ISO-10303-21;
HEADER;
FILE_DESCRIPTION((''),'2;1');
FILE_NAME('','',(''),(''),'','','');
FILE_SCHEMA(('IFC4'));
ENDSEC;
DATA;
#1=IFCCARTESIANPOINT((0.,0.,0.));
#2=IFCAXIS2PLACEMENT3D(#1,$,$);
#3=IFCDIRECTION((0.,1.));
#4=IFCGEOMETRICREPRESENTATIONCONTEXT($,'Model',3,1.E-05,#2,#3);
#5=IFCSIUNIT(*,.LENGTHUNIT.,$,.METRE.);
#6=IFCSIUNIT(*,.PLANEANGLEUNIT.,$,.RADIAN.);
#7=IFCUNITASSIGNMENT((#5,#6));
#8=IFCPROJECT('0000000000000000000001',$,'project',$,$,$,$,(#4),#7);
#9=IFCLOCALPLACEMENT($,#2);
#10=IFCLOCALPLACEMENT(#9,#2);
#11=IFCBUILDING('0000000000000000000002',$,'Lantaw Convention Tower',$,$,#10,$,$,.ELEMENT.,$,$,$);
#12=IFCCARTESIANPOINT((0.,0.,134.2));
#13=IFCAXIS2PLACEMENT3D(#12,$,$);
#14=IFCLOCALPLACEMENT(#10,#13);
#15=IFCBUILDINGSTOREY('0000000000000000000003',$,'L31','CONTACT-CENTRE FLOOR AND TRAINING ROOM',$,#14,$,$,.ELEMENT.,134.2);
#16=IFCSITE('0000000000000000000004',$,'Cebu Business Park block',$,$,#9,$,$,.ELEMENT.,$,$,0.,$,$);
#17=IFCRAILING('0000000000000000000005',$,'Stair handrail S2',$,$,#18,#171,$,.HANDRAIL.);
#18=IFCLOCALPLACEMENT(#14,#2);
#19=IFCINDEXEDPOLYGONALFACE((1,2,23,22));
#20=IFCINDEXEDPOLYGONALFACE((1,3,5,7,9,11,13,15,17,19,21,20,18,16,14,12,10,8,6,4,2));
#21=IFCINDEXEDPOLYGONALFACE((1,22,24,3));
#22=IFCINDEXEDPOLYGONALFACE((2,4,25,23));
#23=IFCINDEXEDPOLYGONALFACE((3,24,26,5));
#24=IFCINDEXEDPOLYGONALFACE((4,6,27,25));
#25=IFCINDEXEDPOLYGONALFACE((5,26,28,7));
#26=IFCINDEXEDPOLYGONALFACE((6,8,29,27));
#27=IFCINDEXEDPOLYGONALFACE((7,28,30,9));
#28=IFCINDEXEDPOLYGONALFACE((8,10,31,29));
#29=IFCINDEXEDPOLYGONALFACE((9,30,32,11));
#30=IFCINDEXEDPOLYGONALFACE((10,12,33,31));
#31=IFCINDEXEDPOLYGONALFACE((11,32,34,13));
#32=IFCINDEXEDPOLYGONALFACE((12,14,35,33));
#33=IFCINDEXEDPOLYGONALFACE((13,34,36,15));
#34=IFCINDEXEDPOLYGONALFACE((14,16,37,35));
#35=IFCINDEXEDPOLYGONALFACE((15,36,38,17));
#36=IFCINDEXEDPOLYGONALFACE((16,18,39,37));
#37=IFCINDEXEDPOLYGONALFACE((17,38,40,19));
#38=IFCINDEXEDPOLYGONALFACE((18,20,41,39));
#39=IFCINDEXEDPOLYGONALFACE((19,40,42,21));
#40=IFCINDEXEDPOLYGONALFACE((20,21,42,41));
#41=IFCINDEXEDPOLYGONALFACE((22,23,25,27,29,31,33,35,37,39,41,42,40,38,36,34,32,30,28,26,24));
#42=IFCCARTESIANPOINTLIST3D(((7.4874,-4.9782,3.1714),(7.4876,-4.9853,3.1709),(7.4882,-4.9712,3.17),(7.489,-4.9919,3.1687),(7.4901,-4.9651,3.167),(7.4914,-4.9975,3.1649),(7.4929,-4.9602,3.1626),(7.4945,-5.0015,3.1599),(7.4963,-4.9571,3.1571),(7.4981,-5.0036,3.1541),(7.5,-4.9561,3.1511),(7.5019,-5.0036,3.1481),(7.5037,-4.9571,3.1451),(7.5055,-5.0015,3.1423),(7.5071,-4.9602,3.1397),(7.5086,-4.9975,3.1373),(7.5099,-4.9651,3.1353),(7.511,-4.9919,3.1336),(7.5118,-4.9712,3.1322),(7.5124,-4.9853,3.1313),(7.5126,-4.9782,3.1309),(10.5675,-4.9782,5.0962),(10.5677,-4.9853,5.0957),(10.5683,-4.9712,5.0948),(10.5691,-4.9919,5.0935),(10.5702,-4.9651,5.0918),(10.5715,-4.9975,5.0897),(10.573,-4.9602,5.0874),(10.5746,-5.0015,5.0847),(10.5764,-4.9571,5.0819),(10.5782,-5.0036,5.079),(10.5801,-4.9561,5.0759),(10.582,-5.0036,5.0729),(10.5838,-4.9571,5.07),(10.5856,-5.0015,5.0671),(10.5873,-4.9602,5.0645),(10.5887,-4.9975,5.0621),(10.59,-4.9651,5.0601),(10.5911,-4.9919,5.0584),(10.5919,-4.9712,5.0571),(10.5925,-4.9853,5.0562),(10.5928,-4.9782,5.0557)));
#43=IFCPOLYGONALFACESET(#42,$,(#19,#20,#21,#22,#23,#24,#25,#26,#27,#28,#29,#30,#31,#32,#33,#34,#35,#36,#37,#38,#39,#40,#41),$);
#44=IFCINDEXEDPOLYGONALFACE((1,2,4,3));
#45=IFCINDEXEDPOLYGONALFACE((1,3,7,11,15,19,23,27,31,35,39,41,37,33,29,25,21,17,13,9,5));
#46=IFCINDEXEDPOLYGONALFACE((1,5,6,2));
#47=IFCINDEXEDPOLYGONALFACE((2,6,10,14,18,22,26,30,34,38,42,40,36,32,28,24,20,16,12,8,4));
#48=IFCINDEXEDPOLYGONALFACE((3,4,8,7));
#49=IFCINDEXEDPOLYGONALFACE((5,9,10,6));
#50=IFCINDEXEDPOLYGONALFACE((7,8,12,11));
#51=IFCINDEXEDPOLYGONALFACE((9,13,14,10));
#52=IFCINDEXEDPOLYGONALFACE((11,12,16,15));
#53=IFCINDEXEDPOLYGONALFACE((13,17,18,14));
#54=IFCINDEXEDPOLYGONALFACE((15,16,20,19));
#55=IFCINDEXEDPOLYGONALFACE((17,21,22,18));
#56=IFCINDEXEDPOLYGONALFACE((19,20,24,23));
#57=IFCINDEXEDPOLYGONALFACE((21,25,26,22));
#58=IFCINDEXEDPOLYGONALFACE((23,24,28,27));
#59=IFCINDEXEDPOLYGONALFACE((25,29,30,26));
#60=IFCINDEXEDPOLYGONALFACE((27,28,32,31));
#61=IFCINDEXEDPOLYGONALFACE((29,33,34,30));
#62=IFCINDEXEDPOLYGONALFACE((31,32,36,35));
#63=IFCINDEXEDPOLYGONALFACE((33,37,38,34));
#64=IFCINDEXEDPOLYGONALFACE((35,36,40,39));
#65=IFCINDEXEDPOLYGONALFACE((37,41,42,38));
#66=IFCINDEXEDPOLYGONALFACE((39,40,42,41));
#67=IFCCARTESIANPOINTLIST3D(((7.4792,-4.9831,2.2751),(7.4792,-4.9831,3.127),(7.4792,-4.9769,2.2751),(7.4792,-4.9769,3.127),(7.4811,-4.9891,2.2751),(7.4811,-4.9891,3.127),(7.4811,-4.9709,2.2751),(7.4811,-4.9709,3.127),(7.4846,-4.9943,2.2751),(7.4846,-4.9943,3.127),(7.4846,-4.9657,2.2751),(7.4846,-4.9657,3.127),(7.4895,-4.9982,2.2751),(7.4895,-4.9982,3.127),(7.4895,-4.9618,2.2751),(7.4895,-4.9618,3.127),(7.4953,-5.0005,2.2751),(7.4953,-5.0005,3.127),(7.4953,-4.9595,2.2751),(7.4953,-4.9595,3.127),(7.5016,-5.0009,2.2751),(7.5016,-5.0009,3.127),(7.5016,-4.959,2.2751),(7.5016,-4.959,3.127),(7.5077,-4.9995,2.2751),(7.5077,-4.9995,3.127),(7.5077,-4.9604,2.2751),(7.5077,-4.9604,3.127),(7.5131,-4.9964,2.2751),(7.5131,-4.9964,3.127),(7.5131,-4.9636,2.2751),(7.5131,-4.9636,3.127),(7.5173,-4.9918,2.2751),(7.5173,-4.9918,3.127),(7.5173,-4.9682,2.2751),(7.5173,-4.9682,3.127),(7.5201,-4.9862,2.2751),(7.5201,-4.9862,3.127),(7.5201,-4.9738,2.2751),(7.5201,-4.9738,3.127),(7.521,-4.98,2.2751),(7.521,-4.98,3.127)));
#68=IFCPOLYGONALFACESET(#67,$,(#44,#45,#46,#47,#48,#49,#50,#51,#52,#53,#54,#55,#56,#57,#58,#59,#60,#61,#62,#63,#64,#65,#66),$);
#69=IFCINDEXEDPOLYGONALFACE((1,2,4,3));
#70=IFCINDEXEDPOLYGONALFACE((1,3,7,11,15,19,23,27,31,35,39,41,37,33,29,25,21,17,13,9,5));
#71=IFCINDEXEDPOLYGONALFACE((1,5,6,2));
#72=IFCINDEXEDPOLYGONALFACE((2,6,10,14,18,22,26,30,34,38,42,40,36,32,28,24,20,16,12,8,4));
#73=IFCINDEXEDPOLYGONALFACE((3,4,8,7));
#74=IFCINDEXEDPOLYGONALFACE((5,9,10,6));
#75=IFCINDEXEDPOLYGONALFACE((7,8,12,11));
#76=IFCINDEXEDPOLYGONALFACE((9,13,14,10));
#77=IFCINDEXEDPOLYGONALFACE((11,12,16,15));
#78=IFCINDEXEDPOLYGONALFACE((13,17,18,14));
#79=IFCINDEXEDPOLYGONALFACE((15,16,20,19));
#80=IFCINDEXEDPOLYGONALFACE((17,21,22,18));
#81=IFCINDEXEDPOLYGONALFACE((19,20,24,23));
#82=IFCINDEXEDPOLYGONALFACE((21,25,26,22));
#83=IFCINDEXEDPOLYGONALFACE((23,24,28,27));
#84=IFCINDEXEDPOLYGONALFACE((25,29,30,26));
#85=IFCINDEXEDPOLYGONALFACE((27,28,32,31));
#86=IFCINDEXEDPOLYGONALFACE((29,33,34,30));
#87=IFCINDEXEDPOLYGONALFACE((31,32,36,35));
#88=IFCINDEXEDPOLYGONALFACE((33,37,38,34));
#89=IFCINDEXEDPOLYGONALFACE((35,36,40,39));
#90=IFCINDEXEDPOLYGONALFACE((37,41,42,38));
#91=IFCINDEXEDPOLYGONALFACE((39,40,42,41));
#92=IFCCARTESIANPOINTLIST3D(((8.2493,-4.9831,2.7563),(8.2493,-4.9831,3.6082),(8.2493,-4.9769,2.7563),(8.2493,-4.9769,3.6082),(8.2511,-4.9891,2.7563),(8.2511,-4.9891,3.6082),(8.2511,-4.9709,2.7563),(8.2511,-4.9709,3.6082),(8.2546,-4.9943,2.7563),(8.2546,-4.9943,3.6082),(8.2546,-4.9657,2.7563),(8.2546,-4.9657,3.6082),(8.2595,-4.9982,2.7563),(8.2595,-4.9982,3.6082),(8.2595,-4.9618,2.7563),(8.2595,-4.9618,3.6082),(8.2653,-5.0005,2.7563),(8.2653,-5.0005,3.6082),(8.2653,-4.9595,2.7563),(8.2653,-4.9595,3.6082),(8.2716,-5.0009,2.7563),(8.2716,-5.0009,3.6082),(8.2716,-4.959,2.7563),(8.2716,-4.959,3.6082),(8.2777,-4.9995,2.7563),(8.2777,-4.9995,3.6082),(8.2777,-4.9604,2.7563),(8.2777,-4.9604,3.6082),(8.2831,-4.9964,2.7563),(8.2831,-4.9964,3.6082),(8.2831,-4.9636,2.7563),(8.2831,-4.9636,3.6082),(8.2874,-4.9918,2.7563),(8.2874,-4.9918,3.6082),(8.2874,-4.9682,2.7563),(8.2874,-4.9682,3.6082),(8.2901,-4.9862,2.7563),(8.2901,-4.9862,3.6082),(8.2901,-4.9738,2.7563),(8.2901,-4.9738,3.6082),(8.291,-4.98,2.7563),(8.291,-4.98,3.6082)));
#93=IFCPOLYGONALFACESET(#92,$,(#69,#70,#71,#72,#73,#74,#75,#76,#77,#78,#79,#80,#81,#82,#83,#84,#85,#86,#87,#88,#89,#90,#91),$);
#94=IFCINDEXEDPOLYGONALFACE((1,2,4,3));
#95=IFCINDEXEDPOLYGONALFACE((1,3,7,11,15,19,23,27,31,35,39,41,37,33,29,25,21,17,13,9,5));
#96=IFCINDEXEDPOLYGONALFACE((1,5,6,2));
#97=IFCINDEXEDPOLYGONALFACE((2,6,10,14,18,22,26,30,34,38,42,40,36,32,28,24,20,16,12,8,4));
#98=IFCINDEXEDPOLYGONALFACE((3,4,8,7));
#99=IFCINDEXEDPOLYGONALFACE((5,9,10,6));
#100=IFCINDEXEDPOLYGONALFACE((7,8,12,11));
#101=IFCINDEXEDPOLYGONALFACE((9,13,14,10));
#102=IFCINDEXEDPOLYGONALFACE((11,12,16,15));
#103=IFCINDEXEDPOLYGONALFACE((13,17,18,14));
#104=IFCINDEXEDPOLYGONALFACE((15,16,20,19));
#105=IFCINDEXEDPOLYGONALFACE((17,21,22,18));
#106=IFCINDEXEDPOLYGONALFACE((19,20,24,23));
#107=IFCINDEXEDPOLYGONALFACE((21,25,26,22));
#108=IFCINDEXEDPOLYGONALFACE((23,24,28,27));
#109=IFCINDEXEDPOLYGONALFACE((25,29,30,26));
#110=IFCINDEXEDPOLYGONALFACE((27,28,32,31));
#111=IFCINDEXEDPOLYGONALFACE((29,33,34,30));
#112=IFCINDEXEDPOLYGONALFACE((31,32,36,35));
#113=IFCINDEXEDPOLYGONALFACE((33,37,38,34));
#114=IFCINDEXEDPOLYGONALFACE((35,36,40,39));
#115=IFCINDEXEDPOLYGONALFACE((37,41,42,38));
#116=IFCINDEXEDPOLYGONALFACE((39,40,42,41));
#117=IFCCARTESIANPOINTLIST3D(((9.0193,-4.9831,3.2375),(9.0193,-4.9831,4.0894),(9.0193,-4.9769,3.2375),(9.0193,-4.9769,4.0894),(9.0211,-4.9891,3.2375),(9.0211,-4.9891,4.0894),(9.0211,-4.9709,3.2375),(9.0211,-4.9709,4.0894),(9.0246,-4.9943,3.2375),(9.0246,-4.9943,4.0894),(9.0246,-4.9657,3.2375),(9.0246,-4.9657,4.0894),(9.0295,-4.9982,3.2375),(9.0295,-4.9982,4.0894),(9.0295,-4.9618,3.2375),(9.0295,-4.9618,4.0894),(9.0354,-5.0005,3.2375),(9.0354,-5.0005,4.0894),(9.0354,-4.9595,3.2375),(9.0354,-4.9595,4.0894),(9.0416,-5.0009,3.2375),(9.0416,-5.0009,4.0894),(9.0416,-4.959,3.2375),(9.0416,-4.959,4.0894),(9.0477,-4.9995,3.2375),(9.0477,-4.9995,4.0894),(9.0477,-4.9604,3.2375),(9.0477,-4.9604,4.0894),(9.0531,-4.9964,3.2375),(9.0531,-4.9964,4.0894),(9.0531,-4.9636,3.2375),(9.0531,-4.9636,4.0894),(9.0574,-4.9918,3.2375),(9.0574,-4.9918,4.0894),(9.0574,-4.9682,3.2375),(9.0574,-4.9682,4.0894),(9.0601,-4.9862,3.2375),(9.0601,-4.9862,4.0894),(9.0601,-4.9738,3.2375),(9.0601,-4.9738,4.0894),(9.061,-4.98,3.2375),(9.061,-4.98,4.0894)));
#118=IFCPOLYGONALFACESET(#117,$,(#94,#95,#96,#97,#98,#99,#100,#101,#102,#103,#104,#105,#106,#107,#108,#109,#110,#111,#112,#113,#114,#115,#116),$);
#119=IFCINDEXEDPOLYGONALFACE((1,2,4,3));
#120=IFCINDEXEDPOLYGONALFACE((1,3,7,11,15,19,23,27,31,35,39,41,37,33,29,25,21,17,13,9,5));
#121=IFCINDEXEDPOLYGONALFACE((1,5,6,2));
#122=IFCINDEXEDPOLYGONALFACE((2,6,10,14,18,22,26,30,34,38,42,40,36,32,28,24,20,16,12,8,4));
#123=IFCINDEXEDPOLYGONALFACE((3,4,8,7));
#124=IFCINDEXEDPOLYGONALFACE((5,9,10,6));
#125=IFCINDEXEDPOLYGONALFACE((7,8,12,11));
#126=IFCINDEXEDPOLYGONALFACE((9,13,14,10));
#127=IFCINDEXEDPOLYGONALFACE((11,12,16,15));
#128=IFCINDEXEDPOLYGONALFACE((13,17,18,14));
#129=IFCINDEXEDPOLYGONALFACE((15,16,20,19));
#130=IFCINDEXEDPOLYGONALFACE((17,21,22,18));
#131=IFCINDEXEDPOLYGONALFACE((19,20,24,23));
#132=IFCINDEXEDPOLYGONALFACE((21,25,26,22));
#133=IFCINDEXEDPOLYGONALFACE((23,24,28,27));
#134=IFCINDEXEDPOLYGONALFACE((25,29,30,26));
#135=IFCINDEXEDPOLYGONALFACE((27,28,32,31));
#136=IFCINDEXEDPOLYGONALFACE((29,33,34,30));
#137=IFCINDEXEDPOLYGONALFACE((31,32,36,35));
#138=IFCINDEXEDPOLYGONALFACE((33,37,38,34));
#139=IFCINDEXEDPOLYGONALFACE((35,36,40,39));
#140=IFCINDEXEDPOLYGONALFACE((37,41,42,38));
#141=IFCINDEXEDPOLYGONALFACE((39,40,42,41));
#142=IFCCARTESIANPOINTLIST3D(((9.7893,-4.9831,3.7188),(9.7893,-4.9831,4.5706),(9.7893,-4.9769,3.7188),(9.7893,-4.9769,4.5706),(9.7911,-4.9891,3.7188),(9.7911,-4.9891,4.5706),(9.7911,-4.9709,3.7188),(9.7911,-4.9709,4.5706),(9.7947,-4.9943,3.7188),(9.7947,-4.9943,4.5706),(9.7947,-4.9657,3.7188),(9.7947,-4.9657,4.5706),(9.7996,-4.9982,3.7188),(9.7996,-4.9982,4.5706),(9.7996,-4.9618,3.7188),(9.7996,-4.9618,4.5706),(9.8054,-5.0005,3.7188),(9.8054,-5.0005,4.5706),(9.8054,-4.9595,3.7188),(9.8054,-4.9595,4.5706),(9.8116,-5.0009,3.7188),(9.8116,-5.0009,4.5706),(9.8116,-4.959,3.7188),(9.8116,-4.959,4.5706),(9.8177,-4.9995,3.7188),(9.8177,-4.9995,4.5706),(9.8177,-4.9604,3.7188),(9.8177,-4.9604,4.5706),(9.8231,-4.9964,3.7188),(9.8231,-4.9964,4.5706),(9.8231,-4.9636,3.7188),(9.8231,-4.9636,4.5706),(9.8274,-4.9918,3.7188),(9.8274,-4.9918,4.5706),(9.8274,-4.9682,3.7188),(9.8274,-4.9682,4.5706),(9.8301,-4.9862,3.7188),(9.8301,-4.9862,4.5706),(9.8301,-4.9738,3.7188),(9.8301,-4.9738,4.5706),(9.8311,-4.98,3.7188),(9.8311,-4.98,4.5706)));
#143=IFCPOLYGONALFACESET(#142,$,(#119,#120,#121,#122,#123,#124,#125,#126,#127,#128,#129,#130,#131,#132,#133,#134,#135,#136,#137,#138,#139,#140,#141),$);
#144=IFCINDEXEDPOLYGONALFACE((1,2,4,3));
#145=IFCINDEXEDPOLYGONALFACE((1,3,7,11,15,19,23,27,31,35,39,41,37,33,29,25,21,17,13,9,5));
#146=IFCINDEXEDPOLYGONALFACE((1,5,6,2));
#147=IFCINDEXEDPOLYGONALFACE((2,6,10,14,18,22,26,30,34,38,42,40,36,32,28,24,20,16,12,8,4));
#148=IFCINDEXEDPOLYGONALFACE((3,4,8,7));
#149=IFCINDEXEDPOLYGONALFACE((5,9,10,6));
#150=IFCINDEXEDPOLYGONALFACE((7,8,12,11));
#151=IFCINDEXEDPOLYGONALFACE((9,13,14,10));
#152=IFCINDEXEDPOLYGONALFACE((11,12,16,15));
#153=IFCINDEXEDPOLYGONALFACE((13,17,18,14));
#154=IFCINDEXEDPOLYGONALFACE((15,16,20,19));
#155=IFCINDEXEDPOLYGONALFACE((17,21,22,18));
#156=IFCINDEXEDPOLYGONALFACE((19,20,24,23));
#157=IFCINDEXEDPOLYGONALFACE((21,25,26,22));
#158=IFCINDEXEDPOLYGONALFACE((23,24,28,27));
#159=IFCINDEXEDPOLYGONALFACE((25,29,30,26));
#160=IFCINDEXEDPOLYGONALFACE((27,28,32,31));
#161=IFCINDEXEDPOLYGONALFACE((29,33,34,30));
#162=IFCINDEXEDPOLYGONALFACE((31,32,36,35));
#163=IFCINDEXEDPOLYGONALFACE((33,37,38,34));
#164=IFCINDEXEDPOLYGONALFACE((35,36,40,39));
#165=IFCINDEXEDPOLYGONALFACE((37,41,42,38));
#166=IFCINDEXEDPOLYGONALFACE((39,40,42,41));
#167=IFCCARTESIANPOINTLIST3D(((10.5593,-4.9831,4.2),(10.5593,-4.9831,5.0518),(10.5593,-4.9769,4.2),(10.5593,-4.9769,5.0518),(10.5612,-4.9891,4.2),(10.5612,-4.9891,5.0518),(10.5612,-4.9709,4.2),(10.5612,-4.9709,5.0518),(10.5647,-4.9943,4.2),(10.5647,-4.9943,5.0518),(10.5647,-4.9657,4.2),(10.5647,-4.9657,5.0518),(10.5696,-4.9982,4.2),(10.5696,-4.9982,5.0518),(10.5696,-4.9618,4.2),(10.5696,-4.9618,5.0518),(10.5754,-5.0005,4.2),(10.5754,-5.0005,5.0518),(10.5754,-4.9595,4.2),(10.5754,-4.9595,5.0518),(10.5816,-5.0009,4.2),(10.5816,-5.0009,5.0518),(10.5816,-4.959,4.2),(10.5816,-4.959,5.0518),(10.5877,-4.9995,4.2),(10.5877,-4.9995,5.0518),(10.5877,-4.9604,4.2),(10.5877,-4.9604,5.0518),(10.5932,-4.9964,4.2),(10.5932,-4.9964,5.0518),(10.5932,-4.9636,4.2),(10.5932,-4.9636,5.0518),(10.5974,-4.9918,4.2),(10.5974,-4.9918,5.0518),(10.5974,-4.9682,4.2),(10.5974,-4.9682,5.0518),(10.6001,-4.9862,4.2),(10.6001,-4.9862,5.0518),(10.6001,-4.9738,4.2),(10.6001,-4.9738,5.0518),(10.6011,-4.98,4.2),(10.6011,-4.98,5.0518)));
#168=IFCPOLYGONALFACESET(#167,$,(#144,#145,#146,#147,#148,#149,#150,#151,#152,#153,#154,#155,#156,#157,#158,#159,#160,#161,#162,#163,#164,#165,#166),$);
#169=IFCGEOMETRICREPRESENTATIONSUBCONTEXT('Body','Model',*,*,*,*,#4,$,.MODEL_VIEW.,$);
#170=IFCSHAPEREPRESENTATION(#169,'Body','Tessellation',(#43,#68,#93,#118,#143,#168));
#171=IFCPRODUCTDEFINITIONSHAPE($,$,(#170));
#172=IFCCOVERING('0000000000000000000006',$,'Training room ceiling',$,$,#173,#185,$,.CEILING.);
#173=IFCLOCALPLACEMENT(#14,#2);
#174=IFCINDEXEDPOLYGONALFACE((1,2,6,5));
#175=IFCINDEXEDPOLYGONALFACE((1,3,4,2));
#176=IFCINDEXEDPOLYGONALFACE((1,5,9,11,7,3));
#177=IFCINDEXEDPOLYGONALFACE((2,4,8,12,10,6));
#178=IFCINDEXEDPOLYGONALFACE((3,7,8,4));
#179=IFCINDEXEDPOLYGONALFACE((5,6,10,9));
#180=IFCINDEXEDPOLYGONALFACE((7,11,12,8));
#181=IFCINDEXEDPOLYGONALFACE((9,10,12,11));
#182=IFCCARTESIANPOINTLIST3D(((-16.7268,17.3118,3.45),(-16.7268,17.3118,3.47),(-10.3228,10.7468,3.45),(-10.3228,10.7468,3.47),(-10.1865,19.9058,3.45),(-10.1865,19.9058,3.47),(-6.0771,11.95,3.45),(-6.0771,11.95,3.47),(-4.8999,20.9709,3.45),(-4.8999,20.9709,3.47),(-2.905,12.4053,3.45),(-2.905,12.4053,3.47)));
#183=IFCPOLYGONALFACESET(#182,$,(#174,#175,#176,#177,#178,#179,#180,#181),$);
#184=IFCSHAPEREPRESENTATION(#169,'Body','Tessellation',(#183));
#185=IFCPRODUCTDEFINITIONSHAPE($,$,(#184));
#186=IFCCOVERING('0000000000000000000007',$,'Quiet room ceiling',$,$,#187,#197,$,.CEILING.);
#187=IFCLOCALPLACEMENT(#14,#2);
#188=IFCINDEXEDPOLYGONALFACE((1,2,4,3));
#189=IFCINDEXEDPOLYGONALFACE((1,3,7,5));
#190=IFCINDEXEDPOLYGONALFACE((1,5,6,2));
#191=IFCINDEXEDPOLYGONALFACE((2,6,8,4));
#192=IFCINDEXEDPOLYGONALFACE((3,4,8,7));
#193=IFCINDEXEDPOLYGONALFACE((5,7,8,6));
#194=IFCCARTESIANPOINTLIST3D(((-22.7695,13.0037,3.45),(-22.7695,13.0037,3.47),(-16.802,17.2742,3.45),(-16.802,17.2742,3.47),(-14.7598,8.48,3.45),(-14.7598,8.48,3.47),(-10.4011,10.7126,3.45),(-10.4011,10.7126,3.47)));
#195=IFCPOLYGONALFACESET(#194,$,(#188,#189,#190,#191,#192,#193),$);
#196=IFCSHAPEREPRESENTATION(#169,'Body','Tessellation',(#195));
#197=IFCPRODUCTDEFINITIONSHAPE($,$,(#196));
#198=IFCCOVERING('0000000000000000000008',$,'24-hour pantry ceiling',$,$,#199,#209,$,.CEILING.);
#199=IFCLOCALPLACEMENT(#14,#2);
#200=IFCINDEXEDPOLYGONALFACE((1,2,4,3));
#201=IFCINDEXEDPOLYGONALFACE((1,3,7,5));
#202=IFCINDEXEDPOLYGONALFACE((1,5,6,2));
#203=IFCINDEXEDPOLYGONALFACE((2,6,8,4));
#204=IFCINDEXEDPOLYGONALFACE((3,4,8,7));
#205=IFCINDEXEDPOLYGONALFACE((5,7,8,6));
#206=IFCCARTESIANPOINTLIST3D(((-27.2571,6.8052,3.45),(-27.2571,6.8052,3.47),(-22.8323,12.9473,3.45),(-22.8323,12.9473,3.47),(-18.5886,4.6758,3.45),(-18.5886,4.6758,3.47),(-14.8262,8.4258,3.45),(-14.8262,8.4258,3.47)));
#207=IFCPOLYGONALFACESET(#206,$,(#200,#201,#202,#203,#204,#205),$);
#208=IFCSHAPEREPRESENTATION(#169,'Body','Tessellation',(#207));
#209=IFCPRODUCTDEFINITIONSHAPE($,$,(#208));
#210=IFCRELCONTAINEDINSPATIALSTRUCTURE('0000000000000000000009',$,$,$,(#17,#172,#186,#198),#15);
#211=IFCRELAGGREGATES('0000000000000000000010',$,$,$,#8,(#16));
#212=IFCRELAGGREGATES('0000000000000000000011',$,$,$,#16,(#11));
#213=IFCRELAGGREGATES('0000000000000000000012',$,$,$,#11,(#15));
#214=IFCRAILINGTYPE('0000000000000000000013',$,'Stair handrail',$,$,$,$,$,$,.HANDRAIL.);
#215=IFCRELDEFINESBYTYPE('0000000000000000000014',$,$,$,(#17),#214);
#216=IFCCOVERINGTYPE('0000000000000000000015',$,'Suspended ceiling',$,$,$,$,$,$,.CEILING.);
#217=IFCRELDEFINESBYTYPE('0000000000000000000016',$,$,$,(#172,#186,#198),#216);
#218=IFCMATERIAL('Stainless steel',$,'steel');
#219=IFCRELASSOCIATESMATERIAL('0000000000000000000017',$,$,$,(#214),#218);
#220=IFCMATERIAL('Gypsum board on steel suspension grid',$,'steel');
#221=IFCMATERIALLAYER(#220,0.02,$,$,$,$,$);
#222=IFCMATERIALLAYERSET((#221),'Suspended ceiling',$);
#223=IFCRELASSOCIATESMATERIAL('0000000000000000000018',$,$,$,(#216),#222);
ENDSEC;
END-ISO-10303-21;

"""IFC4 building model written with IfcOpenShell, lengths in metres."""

from ifc_helpers import new_model, si_unit, direction, frame, origin, origin_2d, place, context, subcontext, project, spatial, polyline, circle, outline, extrude, material, layer, layer_set, type_object, element, save


model = new_model("IFC4")

# Units and contexts
model_context = context("Model", 3, precision=1e-05, world=origin(), true_north=direction((0.0, 1.0)))
body_context = subcontext(model_context, "Body", "Model", "MODEL_VIEW")
ifc_project = project(units=[si_unit("LENGTHUNIT", "METRE"), si_unit("PLANEANGLEUNIT", "RADIAN")], contexts=[model_context])

# Site, building, storey
site_placement = place(None, origin())
site = spatial("IfcSite", under=ifc_project, at=site_placement, Name="Cebu Business Park block", CompositionType="ELEMENT", RefElevation=0.0)
building_placement = place(site_placement, origin())
building = spatial("IfcBuilding", under=site, at=building_placement, Name="Lantaw Convention Tower", CompositionType="ELEMENT")
storey_placement = place(building_placement, frame((0.0, 0.0, 134.2)))
storey = spatial("IfcBuildingStorey", under=building, at=storey_placement, Name="L31", Description="CONTACT-CENTRE FLOOR AND TRAINING ROOM", CompositionType="ELEMENT", Elevation=134.2)

# Railing
ifc_material_1 = material(Name="Stainless steel", Category="steel")
railing_type = type_object("IfcRailingType", Name="Stair handrail", PredefinedType="HANDRAIL", material=ifc_material_1)
railing_1_placement = place(storey_placement, frame((7.5, -4.98, 2.2751)))
element("IfcRailing", 1, at=railing_1_placement, inside=storey, type_object=railing_type, Name="Stair handrail S2", PredefinedType="HANDRAIL", context=body_context, shape_type="SweptSolid", body=[
    extrude(circle(Radius=0.0239, at=origin_2d()), frame((0.0, 0.0, 0.876), z_axis=(0.848029, 0.0, 0.529951), x_axis=(0.0, 1.0, 0.0)), (0.0, 0.0, 1.0), 3.6321),
    extrude(circle(Radius=0.021, at=origin_2d()), origin(), (0.0, 0.0, 1.0), 0.8518),
    extrude(circle(Radius=0.021, at=origin_2d()), frame((0.77, 0.0, 0.4812)), (0.0, 0.0, 1.0), 0.8518),
    extrude(circle(Radius=0.021, at=origin_2d()), frame((1.54, 0.0, 0.9624)), (0.0, 0.0, 1.0), 0.8518),
    extrude(circle(Radius=0.021, at=origin_2d()), frame((2.3101, 0.0, 1.4436)), (0.0, 0.0, 1.0), 0.8518),
    extrude(circle(Radius=0.021, at=origin_2d()), frame((3.0801, 0.0, 1.9248)), (0.0, 0.0, 1.0), 0.8518),
])

# Coverings
ifc_material_2 = material(Name="Gypsum board on steel suspension grid", Category="steel")
ifc_layer_1 = layer(ifc_material_2, 0.02)
ifc_layer_set_1 = layer_set([ifc_layer_1], Name="Suspended ceiling")
covering_type = type_object("IfcCoveringType", Name="Suspended ceiling", PredefinedType="CEILING", material=ifc_layer_set_1)
covering_1_placement = place(storey_placement, frame((0.0, 0.0, 3.45)))
element("IfcCovering", 2, at=covering_1_placement, inside=storey, type_object=covering_type, Name="Training room ceiling", PredefinedType="CEILING", context=body_context, shape_type="SweptSolid", body=[
    extrude(outline(polyline([(-2.905, 12.4053), (-4.8999, 20.9709), (-10.1865, 19.9058), (-16.7268, 17.3118), (-10.3228, 10.7468), (-6.0771, 11.95), (-2.905, 12.4053)])), origin(), (0.0, 0.0, 1.0), 0.02),
])
covering_2_placement = place(storey_placement, frame((0.0, 0.0, 3.45)))
element("IfcCovering", 3, at=covering_2_placement, inside=storey, type_object=covering_type, Name="Quiet room ceiling", PredefinedType="CEILING", context=body_context, shape_type="SweptSolid", body=[
    extrude(outline(polyline([(-10.4011, 10.7126), (-16.802, 17.2742), (-22.7695, 13.0037), (-14.7598, 8.48), (-10.4011, 10.7126)])), origin(), (0.0, 0.0, 1.0), 0.02),
])
covering_3_placement = place(storey_placement, frame((0.0, 0.0, 3.45)))
element("IfcCovering", 4, at=covering_3_placement, inside=storey, type_object=covering_type, Name="24-hour pantry ceiling", PredefinedType="CEILING", context=body_context, shape_type="SweptSolid", body=[
    extrude(outline(polyline([(-14.8262, 8.4258), (-22.8323, 12.9473), (-27.2571, 6.8052), (-18.5886, 4.6758), (-14.8262, 8.4258)])), origin(), (0.0, 0.0, 1.0), 0.02),
])

save(model, "model.ifc")
